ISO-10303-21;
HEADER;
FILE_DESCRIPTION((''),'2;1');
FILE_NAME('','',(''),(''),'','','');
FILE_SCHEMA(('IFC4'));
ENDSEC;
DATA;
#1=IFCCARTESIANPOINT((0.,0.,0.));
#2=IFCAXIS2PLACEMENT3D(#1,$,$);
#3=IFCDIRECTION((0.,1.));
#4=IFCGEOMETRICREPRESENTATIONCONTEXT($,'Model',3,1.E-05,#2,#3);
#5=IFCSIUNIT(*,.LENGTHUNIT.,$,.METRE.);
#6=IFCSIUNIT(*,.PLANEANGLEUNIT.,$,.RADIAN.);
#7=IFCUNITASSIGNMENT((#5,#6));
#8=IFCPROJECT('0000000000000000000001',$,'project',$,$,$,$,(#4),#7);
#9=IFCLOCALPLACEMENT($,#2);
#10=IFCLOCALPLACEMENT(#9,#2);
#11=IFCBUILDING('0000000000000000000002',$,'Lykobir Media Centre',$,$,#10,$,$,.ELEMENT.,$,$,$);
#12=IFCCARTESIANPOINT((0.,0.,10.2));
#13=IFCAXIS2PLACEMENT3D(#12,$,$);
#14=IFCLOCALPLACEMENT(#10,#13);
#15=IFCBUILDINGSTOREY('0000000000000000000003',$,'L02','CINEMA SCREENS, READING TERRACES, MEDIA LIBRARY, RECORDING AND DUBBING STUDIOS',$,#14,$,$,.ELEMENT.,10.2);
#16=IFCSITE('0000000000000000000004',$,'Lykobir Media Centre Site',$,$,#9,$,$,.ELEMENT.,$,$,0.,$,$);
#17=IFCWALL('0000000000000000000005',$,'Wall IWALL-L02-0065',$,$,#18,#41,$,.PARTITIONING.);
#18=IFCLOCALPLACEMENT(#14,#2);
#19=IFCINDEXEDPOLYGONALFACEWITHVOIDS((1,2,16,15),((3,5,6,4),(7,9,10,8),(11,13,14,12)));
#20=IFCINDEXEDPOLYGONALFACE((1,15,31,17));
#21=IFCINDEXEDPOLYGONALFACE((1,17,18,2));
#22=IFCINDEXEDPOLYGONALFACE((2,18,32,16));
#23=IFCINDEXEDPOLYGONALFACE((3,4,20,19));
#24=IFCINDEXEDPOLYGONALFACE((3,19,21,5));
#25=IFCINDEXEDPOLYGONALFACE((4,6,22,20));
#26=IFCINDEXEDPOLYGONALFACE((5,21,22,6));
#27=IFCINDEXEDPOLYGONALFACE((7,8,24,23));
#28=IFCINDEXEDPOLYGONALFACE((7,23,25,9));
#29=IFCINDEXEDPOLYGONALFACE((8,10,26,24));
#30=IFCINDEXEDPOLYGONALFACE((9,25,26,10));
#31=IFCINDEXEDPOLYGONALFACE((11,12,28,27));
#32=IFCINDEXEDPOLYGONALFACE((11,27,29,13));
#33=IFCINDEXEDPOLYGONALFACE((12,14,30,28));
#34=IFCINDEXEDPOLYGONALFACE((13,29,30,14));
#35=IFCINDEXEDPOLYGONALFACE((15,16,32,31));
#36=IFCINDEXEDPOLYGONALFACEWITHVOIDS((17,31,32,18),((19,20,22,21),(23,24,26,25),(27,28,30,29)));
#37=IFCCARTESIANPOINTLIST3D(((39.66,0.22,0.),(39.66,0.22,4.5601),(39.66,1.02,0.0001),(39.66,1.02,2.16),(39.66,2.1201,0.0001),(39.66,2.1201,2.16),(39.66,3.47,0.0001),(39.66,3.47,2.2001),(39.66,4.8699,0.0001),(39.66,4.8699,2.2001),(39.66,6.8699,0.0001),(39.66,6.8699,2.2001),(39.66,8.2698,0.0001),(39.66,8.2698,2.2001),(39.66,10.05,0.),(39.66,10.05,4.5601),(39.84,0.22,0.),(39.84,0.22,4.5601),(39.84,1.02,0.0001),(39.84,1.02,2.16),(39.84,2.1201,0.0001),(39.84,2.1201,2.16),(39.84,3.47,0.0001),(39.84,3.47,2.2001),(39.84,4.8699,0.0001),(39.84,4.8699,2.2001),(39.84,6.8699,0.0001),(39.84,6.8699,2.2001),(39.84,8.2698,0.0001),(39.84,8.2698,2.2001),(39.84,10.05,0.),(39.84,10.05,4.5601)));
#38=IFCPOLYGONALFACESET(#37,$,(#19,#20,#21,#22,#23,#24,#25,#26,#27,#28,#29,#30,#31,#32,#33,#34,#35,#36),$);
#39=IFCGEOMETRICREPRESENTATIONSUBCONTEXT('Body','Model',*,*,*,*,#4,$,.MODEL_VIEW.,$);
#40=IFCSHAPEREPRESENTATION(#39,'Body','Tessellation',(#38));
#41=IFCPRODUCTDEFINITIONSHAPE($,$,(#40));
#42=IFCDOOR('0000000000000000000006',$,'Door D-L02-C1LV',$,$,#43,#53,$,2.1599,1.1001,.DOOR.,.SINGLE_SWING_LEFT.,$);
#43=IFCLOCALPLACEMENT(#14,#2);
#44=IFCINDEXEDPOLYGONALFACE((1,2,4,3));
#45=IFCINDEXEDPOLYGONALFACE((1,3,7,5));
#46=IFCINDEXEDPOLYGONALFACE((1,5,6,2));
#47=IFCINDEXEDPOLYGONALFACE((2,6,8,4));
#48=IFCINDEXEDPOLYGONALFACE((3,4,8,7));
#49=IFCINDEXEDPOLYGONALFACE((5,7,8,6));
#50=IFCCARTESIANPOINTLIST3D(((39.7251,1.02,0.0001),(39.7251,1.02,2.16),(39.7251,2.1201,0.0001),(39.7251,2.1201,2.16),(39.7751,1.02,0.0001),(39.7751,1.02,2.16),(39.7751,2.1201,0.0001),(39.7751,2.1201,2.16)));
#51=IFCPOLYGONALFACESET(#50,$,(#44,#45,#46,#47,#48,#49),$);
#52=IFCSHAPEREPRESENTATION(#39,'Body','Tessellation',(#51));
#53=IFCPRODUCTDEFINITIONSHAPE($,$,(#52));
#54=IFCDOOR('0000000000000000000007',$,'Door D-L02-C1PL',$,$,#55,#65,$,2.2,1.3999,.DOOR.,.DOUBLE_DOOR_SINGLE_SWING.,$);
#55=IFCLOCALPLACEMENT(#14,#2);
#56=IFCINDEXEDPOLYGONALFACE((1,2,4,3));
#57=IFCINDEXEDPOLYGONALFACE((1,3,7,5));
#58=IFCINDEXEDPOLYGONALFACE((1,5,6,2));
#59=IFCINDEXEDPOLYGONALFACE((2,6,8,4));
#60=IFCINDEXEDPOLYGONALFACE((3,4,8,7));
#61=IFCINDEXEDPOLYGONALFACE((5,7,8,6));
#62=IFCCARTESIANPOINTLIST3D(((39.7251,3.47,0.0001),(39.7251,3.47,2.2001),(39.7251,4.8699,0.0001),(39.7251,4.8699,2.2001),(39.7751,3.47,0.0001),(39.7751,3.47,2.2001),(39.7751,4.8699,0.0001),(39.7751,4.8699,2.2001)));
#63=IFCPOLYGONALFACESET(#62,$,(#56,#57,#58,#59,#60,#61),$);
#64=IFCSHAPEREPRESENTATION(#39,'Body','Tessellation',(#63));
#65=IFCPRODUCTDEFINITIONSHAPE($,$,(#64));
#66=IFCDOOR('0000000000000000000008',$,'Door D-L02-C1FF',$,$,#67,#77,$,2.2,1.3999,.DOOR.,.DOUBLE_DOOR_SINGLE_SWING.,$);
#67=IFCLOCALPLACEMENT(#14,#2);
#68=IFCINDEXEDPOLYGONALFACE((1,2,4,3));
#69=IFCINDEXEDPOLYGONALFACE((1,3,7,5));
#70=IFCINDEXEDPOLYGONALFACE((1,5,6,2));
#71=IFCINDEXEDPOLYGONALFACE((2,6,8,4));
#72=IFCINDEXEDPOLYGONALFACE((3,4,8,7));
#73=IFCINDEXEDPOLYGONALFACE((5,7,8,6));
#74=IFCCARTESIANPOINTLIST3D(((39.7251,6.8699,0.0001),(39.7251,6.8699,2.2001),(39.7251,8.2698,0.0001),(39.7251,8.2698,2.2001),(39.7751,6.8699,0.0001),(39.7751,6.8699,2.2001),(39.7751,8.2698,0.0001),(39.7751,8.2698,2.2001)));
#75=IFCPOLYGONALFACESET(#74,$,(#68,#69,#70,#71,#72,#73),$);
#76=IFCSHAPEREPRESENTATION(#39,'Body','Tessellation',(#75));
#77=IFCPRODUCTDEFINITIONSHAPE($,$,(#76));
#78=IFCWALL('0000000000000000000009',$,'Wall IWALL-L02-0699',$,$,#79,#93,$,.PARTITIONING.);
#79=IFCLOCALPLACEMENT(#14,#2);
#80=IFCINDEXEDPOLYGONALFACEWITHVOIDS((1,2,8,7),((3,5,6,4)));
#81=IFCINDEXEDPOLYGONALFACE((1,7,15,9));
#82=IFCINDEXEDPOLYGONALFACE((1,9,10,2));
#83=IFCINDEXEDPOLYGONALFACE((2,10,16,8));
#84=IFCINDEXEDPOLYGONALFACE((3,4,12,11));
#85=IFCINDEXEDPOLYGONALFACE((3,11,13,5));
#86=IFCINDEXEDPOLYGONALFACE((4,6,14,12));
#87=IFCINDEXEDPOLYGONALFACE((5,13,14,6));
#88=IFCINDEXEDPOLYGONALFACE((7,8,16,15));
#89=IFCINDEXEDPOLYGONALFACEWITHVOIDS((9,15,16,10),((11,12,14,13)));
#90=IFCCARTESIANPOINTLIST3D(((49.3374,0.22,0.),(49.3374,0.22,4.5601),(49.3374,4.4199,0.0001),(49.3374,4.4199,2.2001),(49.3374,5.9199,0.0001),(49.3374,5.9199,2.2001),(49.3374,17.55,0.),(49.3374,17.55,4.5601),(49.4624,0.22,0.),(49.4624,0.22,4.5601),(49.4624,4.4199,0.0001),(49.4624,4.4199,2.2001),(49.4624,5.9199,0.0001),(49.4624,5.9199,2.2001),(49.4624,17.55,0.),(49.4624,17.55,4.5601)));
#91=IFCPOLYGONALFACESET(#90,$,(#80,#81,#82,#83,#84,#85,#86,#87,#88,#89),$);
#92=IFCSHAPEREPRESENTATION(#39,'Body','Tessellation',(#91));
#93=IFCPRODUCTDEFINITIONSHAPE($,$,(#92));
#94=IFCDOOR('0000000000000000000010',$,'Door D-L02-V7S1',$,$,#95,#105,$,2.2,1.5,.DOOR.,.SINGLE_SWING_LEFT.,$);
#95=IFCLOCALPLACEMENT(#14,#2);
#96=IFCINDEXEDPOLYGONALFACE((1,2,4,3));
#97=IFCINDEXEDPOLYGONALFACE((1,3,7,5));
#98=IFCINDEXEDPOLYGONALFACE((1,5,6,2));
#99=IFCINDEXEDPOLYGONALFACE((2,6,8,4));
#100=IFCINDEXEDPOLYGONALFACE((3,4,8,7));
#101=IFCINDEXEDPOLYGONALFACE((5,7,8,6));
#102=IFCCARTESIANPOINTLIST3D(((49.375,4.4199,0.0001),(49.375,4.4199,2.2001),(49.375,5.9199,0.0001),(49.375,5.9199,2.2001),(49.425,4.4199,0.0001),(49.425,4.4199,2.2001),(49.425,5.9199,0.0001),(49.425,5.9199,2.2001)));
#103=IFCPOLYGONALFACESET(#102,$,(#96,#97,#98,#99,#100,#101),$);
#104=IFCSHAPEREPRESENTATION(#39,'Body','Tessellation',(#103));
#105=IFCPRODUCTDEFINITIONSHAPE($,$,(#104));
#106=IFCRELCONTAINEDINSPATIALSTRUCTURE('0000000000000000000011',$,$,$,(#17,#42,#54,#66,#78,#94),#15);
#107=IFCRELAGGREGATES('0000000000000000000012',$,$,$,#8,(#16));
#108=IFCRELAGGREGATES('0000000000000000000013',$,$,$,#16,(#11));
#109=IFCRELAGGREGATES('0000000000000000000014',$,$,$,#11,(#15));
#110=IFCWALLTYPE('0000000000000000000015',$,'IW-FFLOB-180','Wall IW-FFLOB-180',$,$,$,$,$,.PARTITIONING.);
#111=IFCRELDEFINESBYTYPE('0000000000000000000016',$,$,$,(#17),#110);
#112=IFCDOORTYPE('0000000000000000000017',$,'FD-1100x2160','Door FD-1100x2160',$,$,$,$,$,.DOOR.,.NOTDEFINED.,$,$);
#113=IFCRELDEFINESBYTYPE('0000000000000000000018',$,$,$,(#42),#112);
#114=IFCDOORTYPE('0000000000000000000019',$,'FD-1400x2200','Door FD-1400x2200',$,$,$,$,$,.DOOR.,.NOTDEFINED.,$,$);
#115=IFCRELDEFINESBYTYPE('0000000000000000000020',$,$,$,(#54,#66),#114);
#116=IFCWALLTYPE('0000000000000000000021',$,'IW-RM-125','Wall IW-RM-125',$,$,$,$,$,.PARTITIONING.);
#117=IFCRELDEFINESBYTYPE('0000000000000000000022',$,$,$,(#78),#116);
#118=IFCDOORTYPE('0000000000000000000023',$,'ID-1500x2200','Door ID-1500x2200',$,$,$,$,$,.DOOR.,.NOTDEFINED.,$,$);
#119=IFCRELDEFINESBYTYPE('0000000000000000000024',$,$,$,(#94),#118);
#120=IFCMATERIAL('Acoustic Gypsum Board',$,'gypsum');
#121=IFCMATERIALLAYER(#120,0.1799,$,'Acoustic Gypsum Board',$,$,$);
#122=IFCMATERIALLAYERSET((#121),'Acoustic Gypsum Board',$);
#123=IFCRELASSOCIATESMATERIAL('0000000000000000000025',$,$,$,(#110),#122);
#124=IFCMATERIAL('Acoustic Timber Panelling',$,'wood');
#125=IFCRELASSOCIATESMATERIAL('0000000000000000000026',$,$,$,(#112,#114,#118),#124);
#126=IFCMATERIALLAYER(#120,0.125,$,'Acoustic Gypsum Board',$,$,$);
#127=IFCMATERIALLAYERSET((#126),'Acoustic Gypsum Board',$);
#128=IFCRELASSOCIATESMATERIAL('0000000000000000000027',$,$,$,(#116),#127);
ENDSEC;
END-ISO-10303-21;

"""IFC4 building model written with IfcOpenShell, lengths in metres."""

from ifc_helpers import new_model, si_unit, direction, frame, frame_2d, origin, place, context, subcontext, project, spatial, rectangle, extrude, material, layer, layer_set, type_object, element, fill, save


model = new_model("IFC4")

# Units and contexts
model_context = context("Model", 3, precision=1e-05, world=origin(), true_north=direction((0.0, 1.0)))
body_context = subcontext(model_context, "Body", "Model", "MODEL_VIEW")
ifc_project = project(units=[si_unit("LENGTHUNIT", "METRE"), si_unit("PLANEANGLEUNIT", "RADIAN")], contexts=[model_context])

# Site, building, storey
site_placement = place(None, origin())
site = spatial("IfcSite", under=ifc_project, at=site_placement, Name="Lykobir Media Centre Site", CompositionType="ELEMENT", RefElevation=0.0)
building_placement = place(site_placement, origin())
building = spatial("IfcBuilding", under=site, at=building_placement, Name="Lykobir Media Centre", CompositionType="ELEMENT")
storey_placement = place(building_placement, frame((0.0, 0.0, 10.2)))
storey = spatial("IfcBuildingStorey", under=building, at=storey_placement, Name="L02", Description="CINEMA SCREENS, READING TERRACES, MEDIA LIBRARY, RECORDING AND DUBBING STUDIOS", CompositionType="ELEMENT", Elevation=10.2)

# Shared definitions
ifc_material_1 = material(Name="Acoustic Gypsum Board", Category="gypsum")

# Wall, openings, doors
ifc_layer_1 = layer(ifc_material_1, 0.1799, Name="Acoustic Gypsum Board")
ifc_layer_set_1 = layer_set([ifc_layer_1], Name="Acoustic Gypsum Board")
wall_type_1 = type_object("IfcWallType", Name="IW-FFLOB-180", Description="Wall IW-FFLOB-180", PredefinedType="PARTITIONING", material=ifc_layer_set_1)
wall_1_placement = place(storey_placement, frame((39.75, 0.22, 0.0), z_axis=(0.0, 0.0, 1.0), x_axis=(0.0, 1.0, 0.0)))
wall_1 = element("IfcWall", 1, at=wall_1_placement, inside=storey, type_object=wall_type_1, Name="Wall IWALL-L02-0065", PredefinedType="PARTITIONING", context=body_context, shape_type="SweptSolid", body=[
    extrude(rectangle(XDim=9.8301, YDim=0.1799, at=frame_2d((4.915, 0.0))), origin(), (0.0, 0.0, 1.0), 4.5601),
])
opening_1_placement = place(wall_1_placement, frame((0.8, 0.0, 0.0)))
opening_1 = element("IfcOpeningElement", 2, at=opening_1_placement, cuts=wall_1, PredefinedType="OPENING", context=body_context, shape_type="SweptSolid", body=[
    extrude(rectangle(XDim=1.1001, YDim=2.1599, at=frame_2d((0.55, 1.0801))), frame((0.0, 0.0999, 0.0), z_axis=(0.0, -1.0, 0.0), x_axis=(1.0, 0.0, 0.0)), (0.0, 0.0, 1.0), 0.2),
])
opening_2_placement = place(wall_1_placement, frame((3.25, 0.0, 0.0)))
opening_2 = element("IfcOpeningElement", 3, at=opening_2_placement, cuts=wall_1, PredefinedType="OPENING", context=body_context, shape_type="SweptSolid", body=[
    extrude(rectangle(XDim=1.3999, YDim=2.2, at=frame_2d((0.7, 1.1001))), frame((0.0, 0.0999, 0.0), z_axis=(0.0, -1.0, 0.0), x_axis=(1.0, 0.0, 0.0)), (0.0, 0.0, 1.0), 0.2),
])
opening_3_placement = place(wall_1_placement, frame((6.6499, 0.0, 0.0)))
opening_3 = element("IfcOpeningElement", 4, at=opening_3_placement, cuts=wall_1, PredefinedType="OPENING", context=body_context, shape_type="SweptSolid", body=[
    extrude(rectangle(XDim=1.3999, YDim=2.2, at=frame_2d((0.7, 1.1001))), frame((0.0, 0.0999, 0.0), z_axis=(0.0, -1.0, 0.0), x_axis=(1.0, 0.0, 0.0)), (0.0, 0.0, 1.0), 0.2),
])
ifc_material_2 = material(Name="Acoustic Timber Panelling", Category="wood")
door_type_1 = type_object("IfcDoorType", Name="FD-1100x2160", Description="Door FD-1100x2160", OperationType="NOTDEFINED", PredefinedType="DOOR", material=ifc_material_2)
door_1_placement = place(opening_1_placement, origin())
door_1 = element("IfcDoor", 5, at=door_1_placement, inside=storey, type_object=door_type_1, Name="Door D-L02-C1LV", OperationType="SINGLE_SWING_LEFT", OverallHeight=2.1599, OverallWidth=1.1001, PredefinedType="DOOR", context=body_context, shape_type="SweptSolid", body=[
    extrude(rectangle(XDim=1.1001, YDim=2.1599, at=frame_2d((0.55, 1.0801))), frame((0.0, 0.0249, 0.0), z_axis=(0.0, -1.0, 0.0), x_axis=(1.0, 0.0, 0.0)), (0.0, 0.0, 1.0), 0.05),
])
fill(opening_1, door_1)
door_type_2 = type_object("IfcDoorType", Name="FD-1400x2200", Description="Door FD-1400x2200", OperationType="NOTDEFINED", PredefinedType="DOOR", material=ifc_material_2)
door_2_placement = place(opening_2_placement, origin())
door_2 = element("IfcDoor", 6, at=door_2_placement, inside=storey, type_object=door_type_2, Name="Door D-L02-C1PL", OperationType="DOUBLE_DOOR_SINGLE_SWING", OverallHeight=2.2, OverallWidth=1.3999, PredefinedType="DOOR", context=body_context, shape_type="SweptSolid", body=[
    extrude(rectangle(XDim=1.3999, YDim=2.2, at=frame_2d((0.7, 1.1001))), frame((0.0, 0.0249, 0.0), z_axis=(0.0, -1.0, 0.0), x_axis=(1.0, 0.0, 0.0)), (0.0, 0.0, 1.0), 0.05),
])
fill(opening_2, door_2)
door_3_placement = place(opening_3_placement, origin())
door_3 = element("IfcDoor", 7, at=door_3_placement, inside=storey, type_object=door_type_2, Name="Door D-L02-C1FF", OperationType="DOUBLE_DOOR_SINGLE_SWING", OverallHeight=2.2, OverallWidth=1.3999, PredefinedType="DOOR", context=body_context, shape_type="SweptSolid", body=[
    extrude(rectangle(XDim=1.3999, YDim=2.2, at=frame_2d((0.7, 1.1001))), frame((0.0, 0.0249, 0.0), z_axis=(0.0, -1.0, 0.0), x_axis=(1.0, 0.0, 0.0)), (0.0, 0.0, 1.0), 0.05),
])
fill(opening_3, door_3)

# Wall, opening, door
ifc_layer_2 = layer(ifc_material_1, 0.125, Name="Acoustic Gypsum Board")
ifc_layer_set_2 = layer_set([ifc_layer_2], Name="Acoustic Gypsum Board")
wall_type_2 = type_object("IfcWallType", Name="IW-RM-125", Description="Wall IW-RM-125", PredefinedType="PARTITIONING", material=ifc_layer_set_2)
wall_2_placement = place(storey_placement, frame((49.3999, 0.22, 0.0), z_axis=(0.0, 0.0, 1.0), x_axis=(0.0, 1.0, 0.0)))
wall_2 = element("IfcWall", 8, at=wall_2_placement, inside=storey, type_object=wall_type_2, Name="Wall IWALL-L02-0699", PredefinedType="PARTITIONING", context=body_context, shape_type="SweptSolid", body=[
    extrude(rectangle(XDim=17.3301, YDim=0.125, at=frame_2d((8.665, 0.0))), origin(), (0.0, 0.0, 1.0), 4.5601),
])
opening_4_placement = place(wall_2_placement, frame((4.2, 0.0, 0.0)))
opening_4 = element("IfcOpeningElement", 9, at=opening_4_placement, cuts=wall_2, PredefinedType="OPENING", context=body_context, shape_type="SweptSolid", body=[
    extrude(rectangle(XDim=1.5, YDim=2.2, at=frame_2d((0.75, 1.1001))), frame((0.0, 0.0725, 0.0), z_axis=(0.0, -1.0, 0.0), x_axis=(1.0, 0.0, 0.0)), (0.0, 0.0, 1.0), 0.145),
])
door_type_3 = type_object("IfcDoorType", Name="ID-1500x2200", Description="Door ID-1500x2200", OperationType="NOTDEFINED", PredefinedType="DOOR", material=ifc_material_2)
door_4_placement = place(opening_4_placement, origin())
door_4 = element("IfcDoor", 10, at=door_4_placement, inside=storey, type_object=door_type_3, Name="Door D-L02-V7S1", OperationType="SINGLE_SWING_LEFT", OverallHeight=2.2, OverallWidth=1.5, PredefinedType="DOOR", context=body_context, shape_type="SweptSolid", body=[
    extrude(rectangle(XDim=1.5, YDim=2.2, at=frame_2d((0.75, 1.1001))), frame((0.0, 0.0249, 0.0), z_axis=(0.0, -1.0, 0.0), x_axis=(1.0, 0.0, 0.0)), (0.0, 0.0, 1.0), 0.05),
])
fill(opening_4, door_4)

save(model, "model.ifc")
